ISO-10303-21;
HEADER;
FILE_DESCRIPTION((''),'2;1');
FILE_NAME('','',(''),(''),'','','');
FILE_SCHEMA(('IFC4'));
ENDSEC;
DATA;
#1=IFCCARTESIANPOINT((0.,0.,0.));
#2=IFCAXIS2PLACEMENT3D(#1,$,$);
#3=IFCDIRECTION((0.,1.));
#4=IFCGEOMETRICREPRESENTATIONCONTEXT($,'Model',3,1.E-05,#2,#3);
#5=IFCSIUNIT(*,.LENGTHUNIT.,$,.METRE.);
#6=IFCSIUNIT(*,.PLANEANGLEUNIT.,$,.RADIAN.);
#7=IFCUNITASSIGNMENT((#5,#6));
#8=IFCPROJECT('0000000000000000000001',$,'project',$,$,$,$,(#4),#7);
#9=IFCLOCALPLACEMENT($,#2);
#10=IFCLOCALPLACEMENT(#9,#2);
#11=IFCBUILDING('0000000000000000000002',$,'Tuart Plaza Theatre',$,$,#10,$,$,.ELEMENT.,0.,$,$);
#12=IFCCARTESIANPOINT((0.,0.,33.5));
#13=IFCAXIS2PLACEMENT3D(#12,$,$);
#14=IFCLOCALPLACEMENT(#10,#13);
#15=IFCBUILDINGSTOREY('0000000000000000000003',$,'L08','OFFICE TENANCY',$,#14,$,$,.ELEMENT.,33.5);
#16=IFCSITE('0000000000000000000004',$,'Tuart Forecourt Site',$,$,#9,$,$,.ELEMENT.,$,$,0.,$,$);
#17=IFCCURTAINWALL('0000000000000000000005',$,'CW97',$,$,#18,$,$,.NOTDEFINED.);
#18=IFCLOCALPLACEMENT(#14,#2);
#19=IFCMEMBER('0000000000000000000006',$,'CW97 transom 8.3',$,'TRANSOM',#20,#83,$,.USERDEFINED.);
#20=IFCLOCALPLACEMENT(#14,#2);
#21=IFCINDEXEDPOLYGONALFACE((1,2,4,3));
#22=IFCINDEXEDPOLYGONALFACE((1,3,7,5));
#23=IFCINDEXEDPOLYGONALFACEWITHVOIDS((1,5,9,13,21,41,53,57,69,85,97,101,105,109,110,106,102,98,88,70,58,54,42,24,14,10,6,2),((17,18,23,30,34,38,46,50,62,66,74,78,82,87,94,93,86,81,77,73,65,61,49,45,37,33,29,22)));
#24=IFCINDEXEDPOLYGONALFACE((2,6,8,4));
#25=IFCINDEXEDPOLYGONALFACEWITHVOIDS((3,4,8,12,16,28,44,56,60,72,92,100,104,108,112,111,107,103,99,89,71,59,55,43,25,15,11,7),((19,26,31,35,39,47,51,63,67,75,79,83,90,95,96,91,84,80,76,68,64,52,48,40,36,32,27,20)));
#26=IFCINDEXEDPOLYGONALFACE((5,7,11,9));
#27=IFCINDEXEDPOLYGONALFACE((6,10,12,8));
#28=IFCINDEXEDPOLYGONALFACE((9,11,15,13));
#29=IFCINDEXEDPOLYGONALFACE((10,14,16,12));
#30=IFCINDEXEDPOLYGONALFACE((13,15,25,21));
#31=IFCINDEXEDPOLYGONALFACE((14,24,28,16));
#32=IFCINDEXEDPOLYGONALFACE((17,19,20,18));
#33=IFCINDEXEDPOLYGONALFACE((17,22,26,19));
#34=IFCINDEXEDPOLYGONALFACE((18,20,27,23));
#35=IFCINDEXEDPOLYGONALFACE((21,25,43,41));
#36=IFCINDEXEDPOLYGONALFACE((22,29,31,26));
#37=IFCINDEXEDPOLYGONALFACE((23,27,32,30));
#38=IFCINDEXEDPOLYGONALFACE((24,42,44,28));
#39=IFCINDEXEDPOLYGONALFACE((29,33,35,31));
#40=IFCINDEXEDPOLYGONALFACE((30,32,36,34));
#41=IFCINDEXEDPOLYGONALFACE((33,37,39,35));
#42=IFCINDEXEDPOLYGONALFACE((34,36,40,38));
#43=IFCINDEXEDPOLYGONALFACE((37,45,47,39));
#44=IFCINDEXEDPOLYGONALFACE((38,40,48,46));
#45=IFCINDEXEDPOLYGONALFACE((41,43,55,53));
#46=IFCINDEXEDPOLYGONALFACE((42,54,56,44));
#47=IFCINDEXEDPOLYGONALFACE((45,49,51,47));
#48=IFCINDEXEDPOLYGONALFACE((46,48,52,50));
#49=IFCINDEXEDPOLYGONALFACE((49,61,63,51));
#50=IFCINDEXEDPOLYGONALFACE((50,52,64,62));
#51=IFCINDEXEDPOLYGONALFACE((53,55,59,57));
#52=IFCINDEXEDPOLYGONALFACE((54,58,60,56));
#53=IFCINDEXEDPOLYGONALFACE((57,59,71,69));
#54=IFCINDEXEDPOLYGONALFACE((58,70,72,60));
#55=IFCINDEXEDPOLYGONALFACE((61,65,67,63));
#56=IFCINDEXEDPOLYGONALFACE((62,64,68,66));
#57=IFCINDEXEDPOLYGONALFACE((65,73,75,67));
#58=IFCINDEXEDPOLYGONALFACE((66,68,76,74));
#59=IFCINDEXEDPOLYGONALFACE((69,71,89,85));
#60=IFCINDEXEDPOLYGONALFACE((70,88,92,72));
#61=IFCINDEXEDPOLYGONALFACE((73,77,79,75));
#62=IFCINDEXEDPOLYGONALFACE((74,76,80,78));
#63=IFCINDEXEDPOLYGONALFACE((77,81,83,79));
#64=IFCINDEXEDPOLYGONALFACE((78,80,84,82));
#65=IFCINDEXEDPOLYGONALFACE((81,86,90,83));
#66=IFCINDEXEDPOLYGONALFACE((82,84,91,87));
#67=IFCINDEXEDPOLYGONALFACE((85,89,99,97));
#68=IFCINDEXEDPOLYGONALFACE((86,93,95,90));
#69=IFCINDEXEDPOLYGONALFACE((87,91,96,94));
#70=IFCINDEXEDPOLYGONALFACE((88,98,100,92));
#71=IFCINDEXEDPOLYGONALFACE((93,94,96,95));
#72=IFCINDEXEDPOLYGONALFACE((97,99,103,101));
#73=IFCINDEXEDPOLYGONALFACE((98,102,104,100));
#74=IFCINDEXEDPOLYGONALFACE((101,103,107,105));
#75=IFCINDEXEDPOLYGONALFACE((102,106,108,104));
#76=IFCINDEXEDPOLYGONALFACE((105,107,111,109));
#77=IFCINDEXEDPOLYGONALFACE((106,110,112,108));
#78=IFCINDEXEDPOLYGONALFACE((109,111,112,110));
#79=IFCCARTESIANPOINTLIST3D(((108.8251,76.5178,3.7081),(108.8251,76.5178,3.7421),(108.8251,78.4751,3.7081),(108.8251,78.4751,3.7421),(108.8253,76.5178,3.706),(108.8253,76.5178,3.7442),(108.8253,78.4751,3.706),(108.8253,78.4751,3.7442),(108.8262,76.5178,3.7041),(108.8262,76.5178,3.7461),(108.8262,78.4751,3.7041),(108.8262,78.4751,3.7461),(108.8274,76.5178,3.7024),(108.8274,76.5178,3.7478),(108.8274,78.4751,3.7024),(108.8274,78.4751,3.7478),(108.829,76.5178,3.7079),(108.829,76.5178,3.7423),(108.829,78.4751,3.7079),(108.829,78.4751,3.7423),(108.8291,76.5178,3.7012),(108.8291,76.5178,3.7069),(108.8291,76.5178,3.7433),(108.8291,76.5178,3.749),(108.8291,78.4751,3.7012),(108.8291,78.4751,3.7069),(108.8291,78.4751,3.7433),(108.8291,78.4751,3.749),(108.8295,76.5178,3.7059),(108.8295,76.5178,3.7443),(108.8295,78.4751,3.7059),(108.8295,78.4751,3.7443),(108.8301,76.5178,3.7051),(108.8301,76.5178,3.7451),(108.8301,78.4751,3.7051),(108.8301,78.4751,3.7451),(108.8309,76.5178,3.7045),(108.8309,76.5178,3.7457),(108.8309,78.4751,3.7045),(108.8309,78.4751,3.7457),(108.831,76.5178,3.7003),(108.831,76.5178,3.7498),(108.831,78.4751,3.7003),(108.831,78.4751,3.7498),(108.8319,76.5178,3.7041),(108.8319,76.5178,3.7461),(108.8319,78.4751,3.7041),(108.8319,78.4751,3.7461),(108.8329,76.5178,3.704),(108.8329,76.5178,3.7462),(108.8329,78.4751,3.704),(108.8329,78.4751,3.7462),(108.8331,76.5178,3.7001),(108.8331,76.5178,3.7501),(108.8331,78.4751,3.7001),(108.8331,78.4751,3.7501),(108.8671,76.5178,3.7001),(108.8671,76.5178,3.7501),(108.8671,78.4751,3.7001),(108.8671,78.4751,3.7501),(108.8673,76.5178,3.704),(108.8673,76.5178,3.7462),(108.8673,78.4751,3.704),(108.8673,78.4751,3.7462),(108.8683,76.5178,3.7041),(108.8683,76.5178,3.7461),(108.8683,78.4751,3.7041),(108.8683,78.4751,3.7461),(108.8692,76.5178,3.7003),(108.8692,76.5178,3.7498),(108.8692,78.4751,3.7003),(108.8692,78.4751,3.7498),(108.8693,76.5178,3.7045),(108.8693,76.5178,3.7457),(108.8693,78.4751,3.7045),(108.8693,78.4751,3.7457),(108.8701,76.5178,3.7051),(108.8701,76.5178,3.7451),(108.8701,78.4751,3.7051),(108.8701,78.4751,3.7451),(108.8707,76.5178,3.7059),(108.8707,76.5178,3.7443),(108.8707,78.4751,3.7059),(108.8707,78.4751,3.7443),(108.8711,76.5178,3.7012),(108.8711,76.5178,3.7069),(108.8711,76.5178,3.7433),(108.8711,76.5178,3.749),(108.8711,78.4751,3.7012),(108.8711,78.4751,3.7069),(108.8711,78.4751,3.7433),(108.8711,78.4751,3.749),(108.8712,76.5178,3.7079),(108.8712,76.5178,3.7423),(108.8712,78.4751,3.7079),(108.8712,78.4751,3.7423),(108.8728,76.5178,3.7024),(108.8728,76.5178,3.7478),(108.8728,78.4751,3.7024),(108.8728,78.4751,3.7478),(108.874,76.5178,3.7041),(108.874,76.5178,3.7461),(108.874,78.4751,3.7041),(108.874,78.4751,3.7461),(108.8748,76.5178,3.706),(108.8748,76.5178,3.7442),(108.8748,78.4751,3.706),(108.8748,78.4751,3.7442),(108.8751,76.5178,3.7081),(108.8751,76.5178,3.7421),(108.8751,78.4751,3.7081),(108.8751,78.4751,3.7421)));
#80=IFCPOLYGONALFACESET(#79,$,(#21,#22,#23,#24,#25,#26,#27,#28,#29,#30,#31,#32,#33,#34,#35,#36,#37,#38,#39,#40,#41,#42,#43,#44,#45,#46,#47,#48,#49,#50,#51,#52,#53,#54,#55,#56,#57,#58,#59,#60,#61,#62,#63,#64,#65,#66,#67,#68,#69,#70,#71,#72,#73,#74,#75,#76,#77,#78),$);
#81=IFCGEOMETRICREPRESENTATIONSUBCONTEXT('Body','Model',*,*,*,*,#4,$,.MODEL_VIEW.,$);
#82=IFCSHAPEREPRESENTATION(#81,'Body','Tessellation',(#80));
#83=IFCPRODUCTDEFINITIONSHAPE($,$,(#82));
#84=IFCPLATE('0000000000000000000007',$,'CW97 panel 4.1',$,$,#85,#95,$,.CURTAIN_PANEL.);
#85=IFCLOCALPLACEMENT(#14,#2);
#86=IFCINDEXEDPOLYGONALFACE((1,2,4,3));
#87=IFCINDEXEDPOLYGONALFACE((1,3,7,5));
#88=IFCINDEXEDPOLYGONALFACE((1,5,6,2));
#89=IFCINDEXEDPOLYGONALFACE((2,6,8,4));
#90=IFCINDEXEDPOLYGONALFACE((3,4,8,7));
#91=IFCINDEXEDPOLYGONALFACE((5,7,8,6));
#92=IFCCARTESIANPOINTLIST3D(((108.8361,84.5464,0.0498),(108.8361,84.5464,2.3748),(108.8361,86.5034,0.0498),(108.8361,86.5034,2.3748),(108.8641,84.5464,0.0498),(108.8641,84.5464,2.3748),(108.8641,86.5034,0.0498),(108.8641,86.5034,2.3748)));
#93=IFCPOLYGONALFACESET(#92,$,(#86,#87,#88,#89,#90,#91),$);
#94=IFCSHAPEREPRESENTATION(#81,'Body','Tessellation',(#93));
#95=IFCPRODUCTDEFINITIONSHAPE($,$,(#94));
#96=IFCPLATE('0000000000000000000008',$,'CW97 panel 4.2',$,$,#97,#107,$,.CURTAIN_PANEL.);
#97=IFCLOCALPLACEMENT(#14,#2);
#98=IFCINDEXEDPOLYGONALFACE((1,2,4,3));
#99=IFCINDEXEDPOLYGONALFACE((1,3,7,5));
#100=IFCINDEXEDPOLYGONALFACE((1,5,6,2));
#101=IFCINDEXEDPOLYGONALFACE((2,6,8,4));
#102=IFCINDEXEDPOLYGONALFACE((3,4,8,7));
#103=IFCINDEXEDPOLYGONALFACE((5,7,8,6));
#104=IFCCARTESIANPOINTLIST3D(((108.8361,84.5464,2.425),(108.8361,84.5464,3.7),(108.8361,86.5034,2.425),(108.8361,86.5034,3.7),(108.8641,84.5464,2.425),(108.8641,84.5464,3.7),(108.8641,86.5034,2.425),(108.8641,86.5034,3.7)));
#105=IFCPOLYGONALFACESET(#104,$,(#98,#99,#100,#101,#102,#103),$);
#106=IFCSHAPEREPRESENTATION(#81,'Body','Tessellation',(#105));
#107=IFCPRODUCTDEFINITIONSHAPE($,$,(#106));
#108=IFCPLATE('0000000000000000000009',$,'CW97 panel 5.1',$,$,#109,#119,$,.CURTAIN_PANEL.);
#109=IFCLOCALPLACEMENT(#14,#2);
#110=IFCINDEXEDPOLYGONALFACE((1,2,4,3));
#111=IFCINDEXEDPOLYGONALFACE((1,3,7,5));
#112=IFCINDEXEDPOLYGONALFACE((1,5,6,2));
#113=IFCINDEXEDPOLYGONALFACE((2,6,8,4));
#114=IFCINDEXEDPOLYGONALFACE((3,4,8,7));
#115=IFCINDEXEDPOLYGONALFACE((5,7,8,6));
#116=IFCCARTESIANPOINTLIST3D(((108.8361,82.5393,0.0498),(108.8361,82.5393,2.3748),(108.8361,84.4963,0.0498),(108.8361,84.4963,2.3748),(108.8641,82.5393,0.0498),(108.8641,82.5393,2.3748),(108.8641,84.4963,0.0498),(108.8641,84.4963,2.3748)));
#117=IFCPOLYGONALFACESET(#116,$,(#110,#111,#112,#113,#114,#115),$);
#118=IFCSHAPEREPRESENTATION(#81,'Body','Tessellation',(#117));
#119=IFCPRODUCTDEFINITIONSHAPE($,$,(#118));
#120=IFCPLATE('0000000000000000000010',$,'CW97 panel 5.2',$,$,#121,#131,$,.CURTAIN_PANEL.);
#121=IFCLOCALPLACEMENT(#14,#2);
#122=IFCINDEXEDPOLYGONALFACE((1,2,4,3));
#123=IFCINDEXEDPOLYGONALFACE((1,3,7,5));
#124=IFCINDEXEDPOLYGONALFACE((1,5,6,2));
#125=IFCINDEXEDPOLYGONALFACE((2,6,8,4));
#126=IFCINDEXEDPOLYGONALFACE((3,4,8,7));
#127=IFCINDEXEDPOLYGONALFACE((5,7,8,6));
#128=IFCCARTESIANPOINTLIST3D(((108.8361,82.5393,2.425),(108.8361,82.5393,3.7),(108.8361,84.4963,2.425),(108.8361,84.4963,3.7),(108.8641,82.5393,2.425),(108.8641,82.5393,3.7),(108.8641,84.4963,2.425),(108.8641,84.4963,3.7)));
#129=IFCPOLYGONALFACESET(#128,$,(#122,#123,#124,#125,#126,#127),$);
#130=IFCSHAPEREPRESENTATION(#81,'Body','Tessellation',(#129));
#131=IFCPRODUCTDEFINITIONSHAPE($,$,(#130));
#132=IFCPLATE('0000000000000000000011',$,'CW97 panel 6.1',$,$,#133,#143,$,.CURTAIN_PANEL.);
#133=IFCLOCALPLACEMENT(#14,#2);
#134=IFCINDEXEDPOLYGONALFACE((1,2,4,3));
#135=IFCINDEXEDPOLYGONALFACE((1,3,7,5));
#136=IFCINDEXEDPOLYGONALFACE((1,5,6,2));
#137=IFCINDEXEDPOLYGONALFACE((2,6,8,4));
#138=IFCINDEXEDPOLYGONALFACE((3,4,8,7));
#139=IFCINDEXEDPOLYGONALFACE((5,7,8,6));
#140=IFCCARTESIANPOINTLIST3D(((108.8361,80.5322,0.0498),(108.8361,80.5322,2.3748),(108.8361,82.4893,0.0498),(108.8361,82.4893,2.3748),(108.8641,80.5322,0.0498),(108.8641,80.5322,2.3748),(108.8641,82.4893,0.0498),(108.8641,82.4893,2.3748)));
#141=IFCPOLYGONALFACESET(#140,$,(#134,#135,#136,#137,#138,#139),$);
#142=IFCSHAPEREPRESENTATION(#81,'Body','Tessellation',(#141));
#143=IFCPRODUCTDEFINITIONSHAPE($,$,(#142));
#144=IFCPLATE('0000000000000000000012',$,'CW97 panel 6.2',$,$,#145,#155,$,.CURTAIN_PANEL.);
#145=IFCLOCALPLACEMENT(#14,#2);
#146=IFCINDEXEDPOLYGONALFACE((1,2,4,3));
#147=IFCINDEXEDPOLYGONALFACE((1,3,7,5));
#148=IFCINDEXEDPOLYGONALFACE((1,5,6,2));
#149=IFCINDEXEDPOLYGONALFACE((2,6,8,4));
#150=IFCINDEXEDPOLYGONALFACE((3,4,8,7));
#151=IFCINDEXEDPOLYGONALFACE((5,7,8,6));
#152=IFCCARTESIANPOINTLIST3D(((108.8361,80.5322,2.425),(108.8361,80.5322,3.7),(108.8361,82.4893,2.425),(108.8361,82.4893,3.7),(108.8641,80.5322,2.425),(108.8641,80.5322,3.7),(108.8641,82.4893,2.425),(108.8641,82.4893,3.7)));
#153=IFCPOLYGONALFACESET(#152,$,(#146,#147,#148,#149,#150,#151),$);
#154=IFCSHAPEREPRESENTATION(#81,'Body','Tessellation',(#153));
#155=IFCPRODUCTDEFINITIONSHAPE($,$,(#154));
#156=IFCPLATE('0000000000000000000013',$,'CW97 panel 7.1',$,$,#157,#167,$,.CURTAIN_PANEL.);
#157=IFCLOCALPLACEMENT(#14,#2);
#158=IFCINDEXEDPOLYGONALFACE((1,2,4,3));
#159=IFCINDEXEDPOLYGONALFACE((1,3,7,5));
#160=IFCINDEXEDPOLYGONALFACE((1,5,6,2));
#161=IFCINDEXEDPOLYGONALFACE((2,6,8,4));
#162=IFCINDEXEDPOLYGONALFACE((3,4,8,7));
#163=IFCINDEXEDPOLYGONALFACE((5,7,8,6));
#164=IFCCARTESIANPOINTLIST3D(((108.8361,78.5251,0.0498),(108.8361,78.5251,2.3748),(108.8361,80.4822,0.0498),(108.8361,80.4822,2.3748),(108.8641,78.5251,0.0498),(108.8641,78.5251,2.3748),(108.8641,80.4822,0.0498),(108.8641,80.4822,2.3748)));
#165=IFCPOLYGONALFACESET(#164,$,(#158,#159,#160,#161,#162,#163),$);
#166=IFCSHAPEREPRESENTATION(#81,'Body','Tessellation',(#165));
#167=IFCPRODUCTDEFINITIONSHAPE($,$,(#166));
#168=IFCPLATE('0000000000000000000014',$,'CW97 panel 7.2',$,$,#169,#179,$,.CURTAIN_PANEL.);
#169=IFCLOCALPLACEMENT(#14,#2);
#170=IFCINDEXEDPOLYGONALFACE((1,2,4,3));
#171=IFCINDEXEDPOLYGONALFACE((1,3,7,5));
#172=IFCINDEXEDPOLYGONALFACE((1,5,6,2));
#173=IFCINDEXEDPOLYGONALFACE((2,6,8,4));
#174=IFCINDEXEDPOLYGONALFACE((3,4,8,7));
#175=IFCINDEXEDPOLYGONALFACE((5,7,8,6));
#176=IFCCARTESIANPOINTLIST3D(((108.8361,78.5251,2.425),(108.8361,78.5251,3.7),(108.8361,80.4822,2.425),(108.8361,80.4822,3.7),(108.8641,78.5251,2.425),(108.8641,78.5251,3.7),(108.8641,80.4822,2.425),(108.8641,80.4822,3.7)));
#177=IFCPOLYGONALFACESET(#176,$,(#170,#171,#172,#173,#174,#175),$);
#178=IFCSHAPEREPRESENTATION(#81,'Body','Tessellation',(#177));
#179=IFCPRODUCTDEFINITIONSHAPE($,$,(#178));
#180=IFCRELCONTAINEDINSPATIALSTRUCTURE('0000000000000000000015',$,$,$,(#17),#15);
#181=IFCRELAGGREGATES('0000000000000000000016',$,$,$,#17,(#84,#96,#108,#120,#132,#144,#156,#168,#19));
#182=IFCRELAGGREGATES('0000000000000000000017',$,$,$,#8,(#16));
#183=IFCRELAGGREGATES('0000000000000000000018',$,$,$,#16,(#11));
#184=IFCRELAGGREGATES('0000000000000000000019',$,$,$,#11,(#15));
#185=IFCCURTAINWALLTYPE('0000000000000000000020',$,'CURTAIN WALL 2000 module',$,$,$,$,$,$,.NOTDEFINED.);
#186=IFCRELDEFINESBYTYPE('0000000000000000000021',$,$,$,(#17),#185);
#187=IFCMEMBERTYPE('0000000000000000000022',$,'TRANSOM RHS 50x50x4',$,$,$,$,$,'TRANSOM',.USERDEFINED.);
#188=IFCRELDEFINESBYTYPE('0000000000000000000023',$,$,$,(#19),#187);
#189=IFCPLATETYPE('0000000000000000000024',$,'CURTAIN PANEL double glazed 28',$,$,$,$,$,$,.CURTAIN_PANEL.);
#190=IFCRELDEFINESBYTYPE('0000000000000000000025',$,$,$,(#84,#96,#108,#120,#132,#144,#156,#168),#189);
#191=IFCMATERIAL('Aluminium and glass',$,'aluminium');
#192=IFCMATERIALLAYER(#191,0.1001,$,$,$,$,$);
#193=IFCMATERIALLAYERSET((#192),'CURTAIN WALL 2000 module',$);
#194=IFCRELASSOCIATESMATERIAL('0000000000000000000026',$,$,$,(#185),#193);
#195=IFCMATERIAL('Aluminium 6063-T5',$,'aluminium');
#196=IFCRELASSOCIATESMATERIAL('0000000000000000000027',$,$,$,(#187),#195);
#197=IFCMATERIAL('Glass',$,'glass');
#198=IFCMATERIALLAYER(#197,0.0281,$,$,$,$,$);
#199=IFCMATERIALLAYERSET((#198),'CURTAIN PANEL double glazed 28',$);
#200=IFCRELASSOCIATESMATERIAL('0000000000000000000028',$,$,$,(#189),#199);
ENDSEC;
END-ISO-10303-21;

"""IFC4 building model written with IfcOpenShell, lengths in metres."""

from ifc_helpers import new_model, si_unit, direction, frame, origin, origin_2d, place, context, subcontext, project, spatial, rectangle, hollow_rectangle, extrude, material, layer, layer_set, material_profile, profile_set, type_object, element, aggregate, save


model = new_model("IFC4")

# Units and contexts
model_context = context("Model", 3, precision=1e-05, world=origin(), true_north=direction((0.0, 1.0)))
body_context = subcontext(model_context, "Body", "Model", "MODEL_VIEW")
ifc_project = project(units=[si_unit("LENGTHUNIT", "METRE"), si_unit("PLANEANGLEUNIT", "RADIAN")], contexts=[model_context])

# Site, building, storey
site_placement = place(None, origin())
site = spatial("IfcSite", under=ifc_project, at=site_placement, Name="Tuart Forecourt Site", CompositionType="ELEMENT", RefElevation=0.0)
building_placement = place(site_placement, origin())
building = spatial("IfcBuilding", under=site, at=building_placement, Name="Tuart Plaza Theatre", CompositionType="ELEMENT", ElevationOfRefHeight=0.0)
storey_placement = place(building_placement, frame((0.0, 0.0, 33.5)))
storey = spatial("IfcBuildingStorey", under=building, at=storey_placement, Name="L08", Description="OFFICE TENANCY", CompositionType="ELEMENT", Elevation=33.5)

# Curtain wall, member, plates
ifc_material_1 = material(Name="Aluminium and glass", Category="aluminium")
ifc_layer_1 = layer(ifc_material_1, 0.1001)
ifc_layer_set_1 = layer_set([ifc_layer_1], Name="CURTAIN WALL 2000 module")
curtain_wall_type = type_object("IfcCurtainWallType", Name="CURTAIN WALL 2000 module", PredefinedType="NOTDEFINED", material=ifc_layer_set_1)
curtain_wall_placement = place(storey_placement, origin())
curtain_wall = element("IfcCurtainWall", 1, at=curtain_wall_placement, inside=storey, type_object=curtain_wall_type, Name="CW97", PredefinedType="NOTDEFINED")
ifc_material_2 = material(Name="Aluminium 6063-T5", Category="aluminium")
ifc_material_profile_1 = material_profile(ifc_material_2, hollow_rectangle(XDim=0.05, YDim=0.05, WallThickness=0.0039, InnerFilletRadius=0.0039, OuterFilletRadius=0.0081, at=origin_2d()), Name="RHS 50x50x4")
ifc_profile_set_1 = profile_set([ifc_material_profile_1], Name="Aluminium 6063-T5")
member_type = type_object("IfcMemberType", Name="TRANSOM RHS 50x50x4", ElementType="TRANSOM", PredefinedType="USERDEFINED", material=ifc_profile_set_1)
member_1_placement = place(storey_placement, frame((108.8501, 78.4751, 3.7251), z_axis=(0.0, -1.0, 0.0), x_axis=(1.0, 0.0, 0.0)))
member_1 = element("IfcMember", 2, at=member_1_placement, type_object=member_type, Name="CW97 transom 8.3", ObjectType="TRANSOM", PredefinedType="USERDEFINED", context=body_context, shape_type="SweptSolid", body=[
    extrude(hollow_rectangle(XDim=0.05, YDim=0.05, WallThickness=0.0039, InnerFilletRadius=0.0039, OuterFilletRadius=0.0081, at=origin_2d()), origin(), (0.0, 0.0, 1.0), 1.9573),
])
ifc_material_3 = material(Name="Glass", Category="glass")
ifc_layer_2 = layer(ifc_material_3, 0.0281)
ifc_layer_set_2 = layer_set([ifc_layer_2], Name="CURTAIN PANEL double glazed 28")
plate_type = type_object("IfcPlateType", Name="CURTAIN PANEL double glazed 28", PredefinedType="CURTAIN_PANEL", material=ifc_layer_set_2)
plate_1_placement = place(storey_placement, frame((108.8501, 85.5249, 0.0498), z_axis=(0.0, 0.0, 1.0), x_axis=(0.0, -1.0, 0.0)))
plate_1 = element("IfcPlate", 3, at=plate_1_placement, type_object=plate_type, Name="CW97 panel 4.1", PredefinedType="CURTAIN_PANEL", context=body_context, shape_type="SweptSolid", body=[
    extrude(rectangle(XDim=1.957, YDim=0.0281, at=origin_2d()), origin(), (0.0, 0.0, 1.0), 2.325),
])
plate_2_placement = place(storey_placement, frame((108.8501, 85.5249, 2.425), z_axis=(0.0, 0.0, 1.0), x_axis=(0.0, -1.0, 0.0)))
plate_2 = element("IfcPlate", 4, at=plate_2_placement, type_object=plate_type, Name="CW97 panel 4.2", PredefinedType="CURTAIN_PANEL", context=body_context, shape_type="SweptSolid", body=[
    extrude(rectangle(XDim=1.957, YDim=0.0281, at=origin_2d()), origin(), (0.0, 0.0, 1.0), 1.2749),
])
plate_3_placement = place(storey_placement, frame((108.8501, 83.5178, 0.0498), z_axis=(0.0, 0.0, 1.0), x_axis=(0.0, -1.0, 0.0)))
plate_3 = element("IfcPlate", 5, at=plate_3_placement, type_object=plate_type, Name="CW97 panel 5.1", PredefinedType="CURTAIN_PANEL", context=body_context, shape_type="SweptSolid", body=[
    extrude(rectangle(XDim=1.957, YDim=0.0281, at=origin_2d()), origin(), (0.0, 0.0, 1.0), 2.325),
])
plate_4_placement = place(storey_placement, frame((108.8501, 83.5178, 2.425), z_axis=(0.0, 0.0, 1.0), x_axis=(0.0, -1.0, 0.0)))
plate_4 = element("IfcPlate", 6, at=plate_4_placement, type_object=plate_type, Name="CW97 panel 5.2", PredefinedType="CURTAIN_PANEL", context=body_context, shape_type="SweptSolid", body=[
    extrude(rectangle(XDim=1.957, YDim=0.0281, at=origin_2d()), origin(), (0.0, 0.0, 1.0), 1.2749),
])
plate_5_placement = place(storey_placement, frame((108.8501, 81.5107, 0.0498), z_axis=(0.0, 0.0, 1.0), x_axis=(0.0, -1.0, 0.0)))
plate_5 = element("IfcPlate", 7, at=plate_5_placement, type_object=plate_type, Name="CW97 panel 6.1", PredefinedType="CURTAIN_PANEL", context=body_context, shape_type="SweptSolid", body=[
    extrude(rectangle(XDim=1.957, YDim=0.0281, at=origin_2d()), origin(), (0.0, 0.0, 1.0), 2.325),
])
plate_6_placement = place(storey_placement, frame((108.8501, 81.5107, 2.425), z_axis=(0.0, 0.0, 1.0), x_axis=(0.0, -1.0, 0.0)))
plate_6 = element("IfcPlate", 8, at=plate_6_placement, type_object=plate_type, Name="CW97 panel 6.2", PredefinedType="CURTAIN_PANEL", context=body_context, shape_type="SweptSolid", body=[
    extrude(rectangle(XDim=1.957, YDim=0.0281, at=origin_2d()), origin(), (0.0, 0.0, 1.0), 1.2749),
])
plate_7_placement = place(storey_placement, frame((108.8501, 79.5037, 0.0498), z_axis=(0.0, 0.0, 1.0), x_axis=(0.0, -1.0, 0.0)))
plate_7 = element("IfcPlate", 9, at=plate_7_placement, type_object=plate_type, Name="CW97 panel 7.1", PredefinedType="CURTAIN_PANEL", context=body_context, shape_type="SweptSolid", body=[
    extrude(rectangle(XDim=1.957, YDim=0.0281, at=origin_2d()), origin(), (0.0, 0.0, 1.0), 2.325),
])
plate_8_placement = place(storey_placement, frame((108.8501, 79.5037, 2.425), z_axis=(0.0, 0.0, 1.0), x_axis=(0.0, -1.0, 0.0)))
plate_8 = element("IfcPlate", 10, at=plate_8_placement, type_object=plate_type, Name="CW97 panel 7.2", PredefinedType="CURTAIN_PANEL", context=body_context, shape_type="SweptSolid", body=[
    extrude(rectangle(XDim=1.957, YDim=0.0281, at=origin_2d()), origin(), (0.0, 0.0, 1.0), 1.2749),
])
aggregate(curtain_wall, [plate_1, plate_2, plate_3, plate_4, plate_5, plate_6, plate_7, plate_8, member_1])

save(model, "model.ifc")
